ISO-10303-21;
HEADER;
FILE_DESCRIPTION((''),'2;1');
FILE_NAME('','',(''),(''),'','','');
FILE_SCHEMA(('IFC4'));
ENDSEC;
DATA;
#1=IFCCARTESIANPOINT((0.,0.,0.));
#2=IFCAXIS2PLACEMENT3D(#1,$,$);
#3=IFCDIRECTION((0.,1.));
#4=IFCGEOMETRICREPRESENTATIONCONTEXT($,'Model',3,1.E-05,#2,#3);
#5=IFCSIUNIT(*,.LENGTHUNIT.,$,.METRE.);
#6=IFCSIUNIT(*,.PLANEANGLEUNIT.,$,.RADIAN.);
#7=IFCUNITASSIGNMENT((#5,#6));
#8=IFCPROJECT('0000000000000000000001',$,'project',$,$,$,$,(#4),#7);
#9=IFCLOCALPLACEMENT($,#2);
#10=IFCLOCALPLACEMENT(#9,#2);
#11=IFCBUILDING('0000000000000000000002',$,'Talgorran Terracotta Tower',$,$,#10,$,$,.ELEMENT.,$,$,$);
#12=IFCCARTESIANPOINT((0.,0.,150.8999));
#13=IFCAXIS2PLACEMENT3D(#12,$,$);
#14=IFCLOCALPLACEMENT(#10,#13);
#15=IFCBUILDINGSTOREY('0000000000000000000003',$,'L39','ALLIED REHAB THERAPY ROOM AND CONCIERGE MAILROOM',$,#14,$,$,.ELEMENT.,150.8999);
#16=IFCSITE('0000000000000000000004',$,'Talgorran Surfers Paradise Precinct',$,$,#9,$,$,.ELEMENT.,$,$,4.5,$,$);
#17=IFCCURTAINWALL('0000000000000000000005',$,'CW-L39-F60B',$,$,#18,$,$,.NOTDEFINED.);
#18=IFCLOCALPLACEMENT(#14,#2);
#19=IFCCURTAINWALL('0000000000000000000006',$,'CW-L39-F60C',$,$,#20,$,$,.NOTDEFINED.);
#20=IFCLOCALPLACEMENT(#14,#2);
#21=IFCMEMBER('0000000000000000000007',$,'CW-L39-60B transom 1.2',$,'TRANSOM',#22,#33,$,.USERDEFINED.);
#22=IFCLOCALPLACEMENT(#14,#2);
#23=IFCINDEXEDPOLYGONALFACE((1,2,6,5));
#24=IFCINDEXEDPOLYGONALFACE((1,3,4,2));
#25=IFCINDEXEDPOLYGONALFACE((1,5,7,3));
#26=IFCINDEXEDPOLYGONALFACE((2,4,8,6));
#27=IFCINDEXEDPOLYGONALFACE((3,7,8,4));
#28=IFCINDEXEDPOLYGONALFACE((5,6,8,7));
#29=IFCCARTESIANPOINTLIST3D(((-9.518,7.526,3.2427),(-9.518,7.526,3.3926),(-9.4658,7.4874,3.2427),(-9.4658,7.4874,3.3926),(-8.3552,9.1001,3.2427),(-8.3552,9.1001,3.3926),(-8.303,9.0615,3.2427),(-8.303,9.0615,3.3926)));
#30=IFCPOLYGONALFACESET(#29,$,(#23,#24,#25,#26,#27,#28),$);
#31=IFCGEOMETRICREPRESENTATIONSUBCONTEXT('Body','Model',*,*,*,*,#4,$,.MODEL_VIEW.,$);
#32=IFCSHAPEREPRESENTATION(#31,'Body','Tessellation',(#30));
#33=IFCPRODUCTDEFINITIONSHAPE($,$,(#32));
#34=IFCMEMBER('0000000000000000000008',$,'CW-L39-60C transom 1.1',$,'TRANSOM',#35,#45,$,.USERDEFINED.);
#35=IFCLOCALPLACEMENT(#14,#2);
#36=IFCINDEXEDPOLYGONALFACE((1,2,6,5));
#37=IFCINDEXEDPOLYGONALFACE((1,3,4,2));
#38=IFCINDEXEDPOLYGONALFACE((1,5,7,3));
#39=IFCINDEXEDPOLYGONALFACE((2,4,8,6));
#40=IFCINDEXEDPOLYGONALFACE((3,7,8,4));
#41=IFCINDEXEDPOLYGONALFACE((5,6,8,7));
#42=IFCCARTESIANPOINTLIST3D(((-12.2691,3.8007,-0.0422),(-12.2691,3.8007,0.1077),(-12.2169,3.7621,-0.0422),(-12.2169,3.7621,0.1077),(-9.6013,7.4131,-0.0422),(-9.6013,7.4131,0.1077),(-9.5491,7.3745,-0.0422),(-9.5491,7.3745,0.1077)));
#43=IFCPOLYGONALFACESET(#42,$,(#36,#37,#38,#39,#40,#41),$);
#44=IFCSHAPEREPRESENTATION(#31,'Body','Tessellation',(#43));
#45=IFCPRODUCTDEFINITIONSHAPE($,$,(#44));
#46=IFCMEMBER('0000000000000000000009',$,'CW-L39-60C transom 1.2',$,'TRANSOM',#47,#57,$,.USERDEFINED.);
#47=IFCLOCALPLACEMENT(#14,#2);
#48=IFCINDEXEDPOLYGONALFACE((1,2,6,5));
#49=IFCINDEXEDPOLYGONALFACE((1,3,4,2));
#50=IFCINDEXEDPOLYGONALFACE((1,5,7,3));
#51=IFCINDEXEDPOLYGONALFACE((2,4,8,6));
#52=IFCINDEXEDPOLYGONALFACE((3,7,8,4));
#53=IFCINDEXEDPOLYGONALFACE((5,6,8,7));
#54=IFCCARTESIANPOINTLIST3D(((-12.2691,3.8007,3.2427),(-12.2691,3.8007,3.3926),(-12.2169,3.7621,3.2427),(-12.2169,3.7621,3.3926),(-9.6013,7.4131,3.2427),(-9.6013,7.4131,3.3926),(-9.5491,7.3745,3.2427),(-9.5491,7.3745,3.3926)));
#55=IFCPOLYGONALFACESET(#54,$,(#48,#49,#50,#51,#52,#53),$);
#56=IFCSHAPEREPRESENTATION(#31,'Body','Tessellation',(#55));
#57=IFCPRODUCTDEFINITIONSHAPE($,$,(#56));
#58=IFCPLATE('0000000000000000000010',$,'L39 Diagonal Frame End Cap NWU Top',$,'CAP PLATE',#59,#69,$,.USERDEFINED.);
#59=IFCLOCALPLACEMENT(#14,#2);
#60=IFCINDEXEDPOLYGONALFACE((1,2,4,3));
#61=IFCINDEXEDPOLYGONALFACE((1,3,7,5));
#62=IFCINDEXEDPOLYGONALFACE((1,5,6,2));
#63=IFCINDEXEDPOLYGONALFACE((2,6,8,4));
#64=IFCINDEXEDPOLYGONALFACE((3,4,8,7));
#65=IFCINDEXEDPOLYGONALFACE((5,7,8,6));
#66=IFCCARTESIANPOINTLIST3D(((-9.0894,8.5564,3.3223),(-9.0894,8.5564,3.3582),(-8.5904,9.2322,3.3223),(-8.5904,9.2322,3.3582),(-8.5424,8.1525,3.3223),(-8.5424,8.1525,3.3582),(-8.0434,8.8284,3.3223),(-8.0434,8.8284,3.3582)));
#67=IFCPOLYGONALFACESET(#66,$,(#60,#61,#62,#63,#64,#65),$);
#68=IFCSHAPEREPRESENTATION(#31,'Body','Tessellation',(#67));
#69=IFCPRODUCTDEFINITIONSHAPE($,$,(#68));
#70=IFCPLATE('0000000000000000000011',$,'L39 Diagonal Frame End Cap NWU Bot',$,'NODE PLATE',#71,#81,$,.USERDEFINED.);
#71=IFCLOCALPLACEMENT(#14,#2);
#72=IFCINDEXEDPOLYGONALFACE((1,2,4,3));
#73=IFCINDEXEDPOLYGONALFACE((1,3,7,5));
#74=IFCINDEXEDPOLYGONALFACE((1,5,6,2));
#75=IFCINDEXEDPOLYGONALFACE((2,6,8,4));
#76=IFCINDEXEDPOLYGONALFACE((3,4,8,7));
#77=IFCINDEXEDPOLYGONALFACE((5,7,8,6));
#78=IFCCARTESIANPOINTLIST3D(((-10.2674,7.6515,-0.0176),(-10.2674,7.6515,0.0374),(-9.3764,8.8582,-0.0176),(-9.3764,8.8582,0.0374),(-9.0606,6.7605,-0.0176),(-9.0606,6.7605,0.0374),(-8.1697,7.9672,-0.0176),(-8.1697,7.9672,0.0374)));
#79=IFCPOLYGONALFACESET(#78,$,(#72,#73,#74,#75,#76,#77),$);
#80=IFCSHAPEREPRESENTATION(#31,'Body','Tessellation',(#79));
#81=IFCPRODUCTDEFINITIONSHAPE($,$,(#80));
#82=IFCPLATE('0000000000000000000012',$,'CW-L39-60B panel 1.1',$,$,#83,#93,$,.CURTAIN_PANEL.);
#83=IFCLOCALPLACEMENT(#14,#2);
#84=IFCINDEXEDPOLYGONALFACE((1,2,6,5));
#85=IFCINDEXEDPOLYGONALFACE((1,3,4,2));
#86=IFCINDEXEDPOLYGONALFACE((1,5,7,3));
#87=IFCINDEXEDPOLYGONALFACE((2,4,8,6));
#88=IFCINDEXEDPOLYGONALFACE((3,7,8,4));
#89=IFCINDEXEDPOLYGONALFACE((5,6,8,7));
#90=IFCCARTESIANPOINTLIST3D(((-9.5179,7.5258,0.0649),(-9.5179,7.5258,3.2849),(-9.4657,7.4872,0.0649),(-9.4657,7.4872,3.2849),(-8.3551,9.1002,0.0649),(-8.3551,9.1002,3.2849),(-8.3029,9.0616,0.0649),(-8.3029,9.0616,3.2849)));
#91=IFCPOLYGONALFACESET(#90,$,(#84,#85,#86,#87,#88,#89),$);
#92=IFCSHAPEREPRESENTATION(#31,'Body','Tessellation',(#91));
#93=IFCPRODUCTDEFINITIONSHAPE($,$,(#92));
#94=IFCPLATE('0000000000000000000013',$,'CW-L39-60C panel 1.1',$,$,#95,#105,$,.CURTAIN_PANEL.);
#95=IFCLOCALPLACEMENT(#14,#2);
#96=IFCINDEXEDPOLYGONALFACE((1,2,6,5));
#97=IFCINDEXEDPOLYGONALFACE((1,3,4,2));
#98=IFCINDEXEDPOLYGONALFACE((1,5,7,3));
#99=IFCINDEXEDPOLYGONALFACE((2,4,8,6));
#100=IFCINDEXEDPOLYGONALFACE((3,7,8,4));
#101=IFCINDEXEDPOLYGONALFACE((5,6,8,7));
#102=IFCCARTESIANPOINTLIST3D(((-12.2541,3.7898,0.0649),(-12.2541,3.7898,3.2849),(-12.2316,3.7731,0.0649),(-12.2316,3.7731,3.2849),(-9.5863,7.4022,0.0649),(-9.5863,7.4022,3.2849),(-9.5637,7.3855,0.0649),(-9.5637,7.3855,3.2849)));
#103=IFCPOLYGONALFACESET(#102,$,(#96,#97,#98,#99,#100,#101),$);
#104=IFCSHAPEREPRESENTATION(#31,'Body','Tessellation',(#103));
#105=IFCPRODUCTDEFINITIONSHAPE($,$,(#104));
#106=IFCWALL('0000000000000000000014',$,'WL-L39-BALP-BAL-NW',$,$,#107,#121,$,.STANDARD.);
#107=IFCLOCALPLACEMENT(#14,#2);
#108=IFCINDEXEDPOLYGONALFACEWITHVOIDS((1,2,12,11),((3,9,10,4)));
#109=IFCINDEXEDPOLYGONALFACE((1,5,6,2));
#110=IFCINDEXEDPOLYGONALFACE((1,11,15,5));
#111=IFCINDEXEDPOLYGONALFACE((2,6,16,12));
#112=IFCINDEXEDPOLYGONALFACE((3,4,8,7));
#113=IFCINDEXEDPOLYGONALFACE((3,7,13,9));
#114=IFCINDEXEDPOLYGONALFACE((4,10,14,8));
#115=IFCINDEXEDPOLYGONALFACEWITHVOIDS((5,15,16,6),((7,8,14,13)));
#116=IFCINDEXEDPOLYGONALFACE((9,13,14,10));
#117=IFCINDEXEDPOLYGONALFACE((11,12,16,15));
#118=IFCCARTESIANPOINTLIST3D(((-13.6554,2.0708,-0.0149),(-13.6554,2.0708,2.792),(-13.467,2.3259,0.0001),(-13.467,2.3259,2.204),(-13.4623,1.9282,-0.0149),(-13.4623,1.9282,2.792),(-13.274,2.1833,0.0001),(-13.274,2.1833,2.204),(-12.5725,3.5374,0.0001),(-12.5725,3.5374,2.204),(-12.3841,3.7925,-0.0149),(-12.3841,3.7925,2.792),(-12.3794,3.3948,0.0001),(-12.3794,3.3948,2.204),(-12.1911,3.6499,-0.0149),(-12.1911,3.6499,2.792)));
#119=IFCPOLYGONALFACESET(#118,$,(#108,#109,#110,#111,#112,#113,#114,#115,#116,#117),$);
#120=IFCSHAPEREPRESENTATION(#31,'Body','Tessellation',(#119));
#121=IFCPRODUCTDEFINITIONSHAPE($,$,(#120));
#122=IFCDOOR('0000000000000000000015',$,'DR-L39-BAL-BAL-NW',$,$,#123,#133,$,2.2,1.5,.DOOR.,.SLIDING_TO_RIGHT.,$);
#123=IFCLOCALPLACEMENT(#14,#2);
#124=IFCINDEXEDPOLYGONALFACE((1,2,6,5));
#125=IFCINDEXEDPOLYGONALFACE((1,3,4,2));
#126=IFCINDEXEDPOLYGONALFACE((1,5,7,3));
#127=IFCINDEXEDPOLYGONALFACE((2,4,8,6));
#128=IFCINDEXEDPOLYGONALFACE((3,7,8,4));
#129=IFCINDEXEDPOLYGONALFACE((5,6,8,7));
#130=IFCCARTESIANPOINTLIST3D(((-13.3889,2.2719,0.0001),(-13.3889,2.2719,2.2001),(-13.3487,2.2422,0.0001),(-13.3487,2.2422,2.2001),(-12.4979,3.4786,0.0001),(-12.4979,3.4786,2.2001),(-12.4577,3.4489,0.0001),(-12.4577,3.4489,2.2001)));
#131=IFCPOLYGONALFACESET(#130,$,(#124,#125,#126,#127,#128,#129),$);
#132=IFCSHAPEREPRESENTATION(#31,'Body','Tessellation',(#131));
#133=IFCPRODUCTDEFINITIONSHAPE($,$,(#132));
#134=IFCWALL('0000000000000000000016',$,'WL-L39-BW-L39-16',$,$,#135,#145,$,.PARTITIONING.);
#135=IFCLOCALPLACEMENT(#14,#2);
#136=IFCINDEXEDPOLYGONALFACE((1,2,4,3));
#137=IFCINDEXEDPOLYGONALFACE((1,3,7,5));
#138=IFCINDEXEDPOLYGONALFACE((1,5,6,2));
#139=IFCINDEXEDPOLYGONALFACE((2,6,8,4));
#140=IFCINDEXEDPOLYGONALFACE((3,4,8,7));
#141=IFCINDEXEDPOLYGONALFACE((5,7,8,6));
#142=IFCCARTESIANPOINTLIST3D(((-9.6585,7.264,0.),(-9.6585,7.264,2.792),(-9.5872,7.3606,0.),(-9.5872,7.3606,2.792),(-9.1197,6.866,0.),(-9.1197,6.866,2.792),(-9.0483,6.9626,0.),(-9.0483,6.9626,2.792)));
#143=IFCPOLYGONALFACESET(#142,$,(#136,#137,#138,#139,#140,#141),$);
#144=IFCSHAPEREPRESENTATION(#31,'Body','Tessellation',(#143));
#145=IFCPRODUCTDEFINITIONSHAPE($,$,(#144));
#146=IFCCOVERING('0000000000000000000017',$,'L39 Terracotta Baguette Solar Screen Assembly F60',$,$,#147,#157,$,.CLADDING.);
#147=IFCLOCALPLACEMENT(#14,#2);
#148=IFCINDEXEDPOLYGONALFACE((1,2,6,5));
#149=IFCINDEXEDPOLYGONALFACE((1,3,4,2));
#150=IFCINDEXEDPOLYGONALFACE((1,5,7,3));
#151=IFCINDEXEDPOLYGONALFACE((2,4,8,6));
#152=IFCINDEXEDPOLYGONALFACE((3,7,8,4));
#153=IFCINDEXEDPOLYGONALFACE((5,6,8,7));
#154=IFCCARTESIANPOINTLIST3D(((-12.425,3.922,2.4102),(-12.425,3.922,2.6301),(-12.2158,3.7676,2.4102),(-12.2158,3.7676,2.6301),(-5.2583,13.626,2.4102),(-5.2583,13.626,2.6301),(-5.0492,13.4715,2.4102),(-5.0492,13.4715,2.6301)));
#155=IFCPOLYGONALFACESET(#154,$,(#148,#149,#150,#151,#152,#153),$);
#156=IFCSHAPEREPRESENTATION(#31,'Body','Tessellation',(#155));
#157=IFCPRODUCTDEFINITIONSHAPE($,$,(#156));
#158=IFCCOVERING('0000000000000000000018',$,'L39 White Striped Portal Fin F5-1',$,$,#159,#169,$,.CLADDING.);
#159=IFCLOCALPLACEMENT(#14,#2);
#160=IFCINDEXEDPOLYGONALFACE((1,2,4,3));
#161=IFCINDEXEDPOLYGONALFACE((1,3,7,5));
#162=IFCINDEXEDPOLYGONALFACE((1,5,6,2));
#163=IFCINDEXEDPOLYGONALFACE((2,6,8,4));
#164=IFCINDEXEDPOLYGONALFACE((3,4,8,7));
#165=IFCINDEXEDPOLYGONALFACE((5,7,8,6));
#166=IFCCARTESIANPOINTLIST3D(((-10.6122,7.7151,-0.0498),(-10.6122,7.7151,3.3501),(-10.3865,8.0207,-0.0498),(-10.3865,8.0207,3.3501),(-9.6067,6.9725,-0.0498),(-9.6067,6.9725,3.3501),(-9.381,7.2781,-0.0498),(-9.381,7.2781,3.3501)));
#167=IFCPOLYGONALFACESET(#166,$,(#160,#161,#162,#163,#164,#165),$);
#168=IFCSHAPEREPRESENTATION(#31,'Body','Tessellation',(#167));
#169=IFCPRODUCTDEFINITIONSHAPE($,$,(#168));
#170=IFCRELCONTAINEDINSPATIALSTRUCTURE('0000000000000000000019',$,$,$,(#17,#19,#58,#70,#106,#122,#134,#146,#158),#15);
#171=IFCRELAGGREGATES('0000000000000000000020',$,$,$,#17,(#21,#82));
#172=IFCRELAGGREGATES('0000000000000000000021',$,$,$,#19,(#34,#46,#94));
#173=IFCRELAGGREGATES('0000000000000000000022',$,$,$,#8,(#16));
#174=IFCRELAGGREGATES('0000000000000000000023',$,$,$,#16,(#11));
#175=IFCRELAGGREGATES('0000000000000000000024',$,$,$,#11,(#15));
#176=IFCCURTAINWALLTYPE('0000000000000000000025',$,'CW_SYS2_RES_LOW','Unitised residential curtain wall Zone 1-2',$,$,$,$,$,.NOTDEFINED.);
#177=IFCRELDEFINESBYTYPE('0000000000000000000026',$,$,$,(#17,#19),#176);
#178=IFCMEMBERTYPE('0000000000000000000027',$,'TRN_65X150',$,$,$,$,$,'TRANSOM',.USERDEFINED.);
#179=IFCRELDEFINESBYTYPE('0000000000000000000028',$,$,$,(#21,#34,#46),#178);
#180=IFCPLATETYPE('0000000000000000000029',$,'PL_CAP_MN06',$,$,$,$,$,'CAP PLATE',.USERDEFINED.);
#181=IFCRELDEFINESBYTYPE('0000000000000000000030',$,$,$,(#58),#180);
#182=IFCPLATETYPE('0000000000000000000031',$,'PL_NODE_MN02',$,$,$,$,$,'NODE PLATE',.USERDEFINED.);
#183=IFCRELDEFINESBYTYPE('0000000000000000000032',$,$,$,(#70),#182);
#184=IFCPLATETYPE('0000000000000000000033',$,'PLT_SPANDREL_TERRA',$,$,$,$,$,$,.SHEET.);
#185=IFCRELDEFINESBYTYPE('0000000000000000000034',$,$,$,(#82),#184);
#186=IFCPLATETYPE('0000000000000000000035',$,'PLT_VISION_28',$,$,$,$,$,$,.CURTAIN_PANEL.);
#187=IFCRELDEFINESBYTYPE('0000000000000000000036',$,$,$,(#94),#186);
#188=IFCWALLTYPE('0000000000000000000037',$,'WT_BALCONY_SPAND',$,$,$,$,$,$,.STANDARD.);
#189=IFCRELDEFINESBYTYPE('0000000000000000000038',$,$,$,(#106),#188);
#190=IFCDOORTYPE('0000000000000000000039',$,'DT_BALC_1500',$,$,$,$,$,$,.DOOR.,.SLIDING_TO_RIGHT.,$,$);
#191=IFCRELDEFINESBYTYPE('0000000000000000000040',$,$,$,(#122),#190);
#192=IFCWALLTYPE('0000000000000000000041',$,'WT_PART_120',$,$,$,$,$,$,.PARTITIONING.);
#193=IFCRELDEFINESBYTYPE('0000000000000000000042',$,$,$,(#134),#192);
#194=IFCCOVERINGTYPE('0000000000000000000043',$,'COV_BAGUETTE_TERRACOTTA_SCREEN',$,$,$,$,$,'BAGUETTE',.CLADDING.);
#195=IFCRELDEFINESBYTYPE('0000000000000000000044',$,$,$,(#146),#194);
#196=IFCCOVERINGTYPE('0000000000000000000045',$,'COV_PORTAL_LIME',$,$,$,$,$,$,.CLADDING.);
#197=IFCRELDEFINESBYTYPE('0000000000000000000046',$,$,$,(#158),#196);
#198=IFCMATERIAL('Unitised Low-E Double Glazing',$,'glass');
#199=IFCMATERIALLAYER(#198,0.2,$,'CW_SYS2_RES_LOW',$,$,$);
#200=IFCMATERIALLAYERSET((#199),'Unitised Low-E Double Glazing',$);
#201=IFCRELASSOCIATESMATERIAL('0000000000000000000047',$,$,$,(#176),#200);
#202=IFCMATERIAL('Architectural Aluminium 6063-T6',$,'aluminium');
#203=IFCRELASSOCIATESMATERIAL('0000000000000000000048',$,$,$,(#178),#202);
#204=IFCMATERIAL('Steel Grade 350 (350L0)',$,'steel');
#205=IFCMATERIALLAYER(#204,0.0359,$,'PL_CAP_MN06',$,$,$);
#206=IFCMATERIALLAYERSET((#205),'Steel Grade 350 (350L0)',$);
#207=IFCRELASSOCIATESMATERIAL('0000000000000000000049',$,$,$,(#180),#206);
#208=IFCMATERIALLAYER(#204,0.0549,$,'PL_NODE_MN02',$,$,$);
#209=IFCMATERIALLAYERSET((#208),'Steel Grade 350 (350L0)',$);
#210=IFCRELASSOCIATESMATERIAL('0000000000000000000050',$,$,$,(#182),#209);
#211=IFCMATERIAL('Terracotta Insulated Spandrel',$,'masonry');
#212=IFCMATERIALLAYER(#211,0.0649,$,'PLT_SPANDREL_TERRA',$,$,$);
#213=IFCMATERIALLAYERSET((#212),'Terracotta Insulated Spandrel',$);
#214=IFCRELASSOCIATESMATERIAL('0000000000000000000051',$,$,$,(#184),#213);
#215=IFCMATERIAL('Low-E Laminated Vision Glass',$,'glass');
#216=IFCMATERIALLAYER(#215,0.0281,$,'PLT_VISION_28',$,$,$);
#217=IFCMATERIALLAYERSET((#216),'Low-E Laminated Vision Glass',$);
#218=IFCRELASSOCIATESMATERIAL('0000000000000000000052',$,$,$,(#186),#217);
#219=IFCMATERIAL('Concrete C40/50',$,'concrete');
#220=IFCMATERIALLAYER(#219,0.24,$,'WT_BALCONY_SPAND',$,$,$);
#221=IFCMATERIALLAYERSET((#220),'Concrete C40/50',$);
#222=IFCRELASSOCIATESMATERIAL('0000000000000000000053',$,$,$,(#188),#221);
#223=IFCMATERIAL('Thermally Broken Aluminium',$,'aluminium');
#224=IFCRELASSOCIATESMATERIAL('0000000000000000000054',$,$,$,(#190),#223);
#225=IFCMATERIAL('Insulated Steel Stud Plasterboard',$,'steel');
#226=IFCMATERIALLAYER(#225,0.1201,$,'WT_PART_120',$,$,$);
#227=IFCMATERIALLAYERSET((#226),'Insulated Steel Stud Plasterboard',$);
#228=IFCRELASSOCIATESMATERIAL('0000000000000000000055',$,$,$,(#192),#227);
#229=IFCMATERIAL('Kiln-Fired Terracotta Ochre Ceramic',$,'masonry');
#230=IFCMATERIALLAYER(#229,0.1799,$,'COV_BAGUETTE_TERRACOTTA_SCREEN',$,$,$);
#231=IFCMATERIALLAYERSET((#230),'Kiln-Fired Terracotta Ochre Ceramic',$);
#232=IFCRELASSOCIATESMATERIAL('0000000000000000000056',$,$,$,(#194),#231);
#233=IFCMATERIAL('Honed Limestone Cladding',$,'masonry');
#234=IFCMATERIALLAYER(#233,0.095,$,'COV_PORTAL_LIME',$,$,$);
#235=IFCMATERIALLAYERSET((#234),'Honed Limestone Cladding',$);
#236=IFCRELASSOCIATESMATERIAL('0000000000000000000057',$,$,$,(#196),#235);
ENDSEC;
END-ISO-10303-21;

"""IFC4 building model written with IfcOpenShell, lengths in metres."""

from ifc_helpers import new_model, si_unit, direction, frame, frame_2d, origin, origin_2d, place, context, subcontext, project, spatial, rectangle, extrude, source, transform, mapped, material, layer, layer_set, material_profile, profile_set, type_object, type_shapes, element, fill, aggregate, save


model = new_model("IFC4")

# Units and contexts
model_context = context("Model", 3, precision=1e-05, world=origin(), true_north=direction((0.0, 1.0)))
body_context = subcontext(model_context, "Body", "Model", "MODEL_VIEW")
ifc_project = project(units=[si_unit("LENGTHUNIT", "METRE"), si_unit("PLANEANGLEUNIT", "RADIAN")], contexts=[model_context])

# Site, building, storey
site_placement = place(None, origin())
site = spatial("IfcSite", under=ifc_project, at=site_placement, Name="Talgorran Surfers Paradise Precinct", CompositionType="ELEMENT", RefElevation=4.5)
building_placement = place(site_placement, origin())
building = spatial("IfcBuilding", under=site, at=building_placement, Name="Talgorran Terracotta Tower", CompositionType="ELEMENT")
storey_placement = place(building_placement, frame((0.0, 0.0, 150.8999)))
storey = spatial("IfcBuildingStorey", under=building, at=storey_placement, Name="L39", Description="ALLIED REHAB THERAPY ROOM AND CONCIERGE MAILROOM", CompositionType="ELEMENT", Elevation=150.8999)

# Shared definitions
ifc_material_1 = material(Name="Steel Grade 350 (350L0)", Category="steel")

# Curtain walls
ifc_material_2 = material(Name="Unitised Low-E Double Glazing", Category="glass")
ifc_layer_1 = layer(ifc_material_2, 0.2, Name="CW_SYS2_RES_LOW")
ifc_layer_set_1 = layer_set([ifc_layer_1], Name="Unitised Low-E Double Glazing")
curtain_wall_type = type_object("IfcCurtainWallType", Name="CW_SYS2_RES_LOW", Description="Unitised residential curtain wall Zone 1-2", PredefinedType="NOTDEFINED", material=ifc_layer_set_1)
curtain_wall_1_placement = place(storey_placement, origin())
curtain_wall_1 = element("IfcCurtainWall", 1, at=curtain_wall_1_placement, inside=storey, type_object=curtain_wall_type, Name="CW-L39-F60B", PredefinedType="NOTDEFINED")
ifc_material_3 = material(Name="Architectural Aluminium 6063-T6", Category="aluminium")
curtain_wall_2_placement = place(storey_placement, origin())
curtain_wall_2 = element("IfcCurtainWall", 2, at=curtain_wall_2_placement, inside=storey, type_object=curtain_wall_type, Name="CW-L39-F60C", PredefinedType="NOTDEFINED")

# Members
ifc_material_profile_1 = material_profile(ifc_material_3, rectangle(XDim=0.0649, YDim=0.1499, at=origin_2d()), Name="CWT65X150")
ifc_profile_set_1 = profile_set([ifc_material_profile_1], Name="Architectural Aluminium 6063-T6")
member_type_1 = type_object("IfcMemberType", Name="TRN_65X150", ElementType="TRANSOM", PredefinedType="USERDEFINED", material=ifc_profile_set_1)
member_1_placement = place(storey_placement, frame((-8.3291, 9.0808, 3.3176), z_axis=(-0.594156, -0.80435, 0.0), x_axis=(0.80435, -0.594156, 0.0)))
member_1 = element("IfcMember", 3, at=member_1_placement, type_object=member_type_1, Name="CW-L39-60B transom 1.2", ObjectType="TRANSOM", PredefinedType="USERDEFINED", context=body_context, shape_type="SweptSolid", body=[
    extrude(rectangle(XDim=0.0649, YDim=0.1499, at=origin_2d()), origin(), (0.0, 0.0, 1.0), 1.957),
])
member_2_placement = place(storey_placement, frame((-9.5752, 7.3938, 0.0327), z_axis=(-0.594068, -0.804414, 0.0), x_axis=(0.804414, -0.594068, 0.0)))
member_2 = element("IfcMember", 4, at=member_2_placement, type_object=member_type_1, Name="CW-L39-60C transom 1.1", ObjectType="TRANSOM", PredefinedType="USERDEFINED", context=body_context, shape_type="SweptSolid", body=[
    extrude(rectangle(XDim=0.0649, YDim=0.1499, at=origin_2d()), origin(), (0.0, 0.0, 1.0), 4.4907),
])
member_3_placement = place(storey_placement, frame((-9.5752, 7.3938, 3.3176), z_axis=(-0.594068, -0.804414, 0.0), x_axis=(0.804414, -0.594068, 0.0)))
member_3 = element("IfcMember", 5, at=member_3_placement, type_object=member_type_1, Name="CW-L39-60C transom 1.2", ObjectType="TRANSOM", PredefinedType="USERDEFINED", context=body_context, shape_type="SweptSolid", body=[
    extrude(rectangle(XDim=0.0649, YDim=0.1499, at=origin_2d()), origin(), (0.0, 0.0, 1.0), 4.4907),
])

# Plates
ifc_layer_2 = layer(ifc_material_1, 0.0359, Name="PL_CAP_MN06")
ifc_layer_set_2 = layer_set([ifc_layer_2], Name="Steel Grade 350 (350L0)")
plate_type_1 = type_object("IfcPlateType", Name="PL_CAP_MN06", ElementType="CAP PLATE", PredefinedType="USERDEFINED", material=ifc_layer_set_2)
plate_1_placement = place(storey_placement, frame((-8.5664, 8.6924, 3.3223), z_axis=(0.0, 0.0, 1.0), x_axis=(0.593981, 0.804479, 0.0)))
element("IfcPlate", 6, at=plate_1_placement, inside=storey, type_object=plate_type_1, Name="L39 Diagonal Frame End Cap NWU Top", ObjectType="CAP PLATE", PredefinedType="USERDEFINED", context=body_context, shape_type="SweptSolid", body=[
    extrude(rectangle(XDim=0.8401, YDim=0.6799, at=origin_2d()), origin(), (0.0, 0.0, 1.0), 0.0359),
])
ifc_layer_3 = layer(ifc_material_1, 0.0549, Name="PL_NODE_MN02")
ifc_layer_set_3 = layer_set([ifc_layer_3], Name="Steel Grade 350 (350L0)")
plate_type_2 = type_object("IfcPlateType", Name="PL_NODE_MN02", ElementType="NODE PLATE", PredefinedType="USERDEFINED", material=ifc_layer_set_3)
plate_2_placement = place(storey_placement, frame((-9.2185, 7.8093, -0.0176), z_axis=(0.0, 0.0, 1.0), x_axis=(0.593981, 0.804479, 0.0)))
element("IfcPlate", 7, at=plate_2_placement, inside=storey, type_object=plate_type_2, Name="L39 Diagonal Frame End Cap NWU Bot", ObjectType="NODE PLATE", PredefinedType="USERDEFINED", context=body_context, shape_type="SweptSolid", body=[
    extrude(rectangle(XDim=1.5, YDim=1.5, at=origin_2d()), origin(), (0.0, 0.0, 1.0), 0.0549),
])

# Plates
ifc_material_4 = material(Name="Terracotta Insulated Spandrel", Category="masonry")
ifc_layer_4 = layer(ifc_material_4, 0.0649, Name="PLT_SPANDREL_TERRA")
ifc_layer_set_4 = layer_set([ifc_layer_4], Name="Terracotta Insulated Spandrel")
plate_type_3 = type_object("IfcPlateType", Name="PLT_SPANDREL_TERRA", PredefinedType="SHEET", material=ifc_layer_set_4)
shared_shape_1 = source(origin(), body_context, "Body", "SweptSolid", [
    extrude(rectangle(XDim=1.9573, YDim=0.0649, at=origin_2d()), origin(), (0.0, 0.0, 1.0), 3.22),
])
type_shapes(plate_type_3, [shared_shape_1])
plate_3_placement = place(storey_placement, frame((-8.9104, 8.2937, 0.0649), z_axis=(0.0, 0.0, 1.0), x_axis=(-0.594081, -0.804405, 0.0)))
plate_3 = element("IfcPlate", 8, at=plate_3_placement, type_object=plate_type_3, Name="CW-L39-60B panel 1.1", PredefinedType="CURTAIN_PANEL", context=body_context, shape_type="MappedRepresentation", body=[
    mapped(shared_shape_1, transform((0.0, 0.0, 0.0), scale=1.0)),
])
aggregate(curtain_wall_1, [member_1, plate_3])
ifc_material_5 = material(Name="Low-E Laminated Vision Glass", Category="glass")
ifc_layer_5 = layer(ifc_material_5, 0.0281, Name="PLT_VISION_28")
ifc_layer_set_5 = layer_set([ifc_layer_5], Name="Low-E Laminated Vision Glass")
plate_type_4 = type_object("IfcPlateType", Name="PLT_VISION_28", PredefinedType="CURTAIN_PANEL", material=ifc_layer_set_5)
shared_shape_2 = source(origin(), body_context, "Body", "SweptSolid", [
    extrude(rectangle(XDim=4.4907, YDim=0.0281, at=origin_2d()), origin(), (0.0, 0.0, 1.0), 3.22),
])
type_shapes(plate_type_4, [shared_shape_2])
plate_4_placement = place(storey_placement, frame((-10.9089, 5.5876, 0.0649), z_axis=(0.0, 0.0, 1.0), x_axis=(-0.594076, -0.804409, 0.0)))
plate_4 = element("IfcPlate", 9, at=plate_4_placement, type_object=plate_type_4, Name="CW-L39-60C panel 1.1", PredefinedType="CURTAIN_PANEL", context=body_context, shape_type="MappedRepresentation", body=[
    mapped(shared_shape_2, transform((0.0, 0.0, 0.0), scale=1.0)),
])
aggregate(curtain_wall_2, [member_2, member_3, plate_4])

# Wall, opening, door
ifc_material_6 = material(Name="Concrete C40/50", Category="concrete")
ifc_layer_6 = layer(ifc_material_6, 0.24, Name="WT_BALCONY_SPAND")
ifc_layer_set_6 = layer_set([ifc_layer_6], Name="Concrete C40/50")
wall_type_1 = type_object("IfcWallType", Name="WT_BALCONY_SPAND", PredefinedType="STANDARD", material=ifc_layer_set_6)
wall_1_placement = place(storey_placement, frame((-12.2876, 3.7212, -0.0149), z_axis=(0.0, 0.0, 1.0), x_axis=(-0.593996, -0.804468, 0.0)))
wall_1 = element("IfcWall", 10, at=wall_1_placement, inside=storey, type_object=wall_type_1, Name="WL-L39-BALP-BAL-NW", PredefinedType="STANDARD", context=body_context, shape_type="SweptSolid", body=[
    extrude(rectangle(XDim=2.1401, YDim=0.24, at=frame_2d((1.0701, 0.0))), origin(), (0.0, 0.0, 1.0), 2.8069),
])
opening_placement = place(wall_1_placement, frame((0.3201, 0.0, 0.0149)))
opening = element("IfcOpeningElement", 11, at=opening_placement, cuts=wall_1, PredefinedType="OPENING", context=body_context, shape_type="SweptSolid", body=[
    extrude(rectangle(XDim=1.506, YDim=2.204, at=frame_2d((0.75, 1.1021))), frame((0.0, 0.1299, 0.0), z_axis=(0.0, -1.0, 0.0), x_axis=(1.0, 0.0, 0.0)), (0.0, 0.0, 1.0), 0.26),
])
ifc_material_7 = material(Name="Thermally Broken Aluminium", Category="aluminium")
door_type = type_object("IfcDoorType", Name="DT_BALC_1500", OperationType="SLIDING_TO_RIGHT", PredefinedType="DOOR", material=ifc_material_7)
door_placement = place(opening_placement, origin())
door = element("IfcDoor", 12, at=door_placement, inside=storey, type_object=door_type, Name="DR-L39-BAL-BAL-NW", OperationType="SLIDING_TO_RIGHT", OverallHeight=2.2, OverallWidth=1.5, PredefinedType="DOOR", context=body_context, shape_type="SweptSolid", body=[
    extrude(rectangle(XDim=1.5, YDim=2.2, at=frame_2d((0.75, 1.1001))), frame((0.0, 0.0249, 0.0), z_axis=(0.0, -1.0, 0.0), x_axis=(1.0, 0.0, 0.0)), (0.0, 0.0, 1.0), 0.05),
])
fill(opening, door)

# Wall
ifc_material_8 = material(Name="Insulated Steel Stud Plasterboard", Category="steel")
ifc_layer_7 = layer(ifc_material_8, 0.1201, Name="WT_PART_120")
ifc_layer_set_7 = layer_set([ifc_layer_7], Name="Insulated Steel Stud Plasterboard")
wall_type_2 = type_object("IfcWallType", Name="WT_PART_120", PredefinedType="PARTITIONING", material=ifc_layer_set_7)
wall_2_placement = place(storey_placement, frame((-9.084, 6.9143, 0.0), z_axis=(0.0, 0.0, 1.0), x_axis=(-0.804396, 0.594094, 0.0)))
element("IfcWall", 13, at=wall_2_placement, inside=storey, type_object=wall_type_2, Name="WL-L39-BW-L39-16", PredefinedType="PARTITIONING", context=body_context, shape_type="SweptSolid", body=[
    extrude(rectangle(XDim=0.6699, YDim=0.1201, at=frame_2d((0.335, 0.0))), origin(), (0.0, 0.0, 1.0), 2.792),
])

# Coverings
ifc_material_9 = material(Name="Kiln-Fired Terracotta Ochre Ceramic", Category="masonry")
ifc_layer_8 = layer(ifc_material_9, 0.1799, Name="COV_BAGUETTE_TERRACOTTA_SCREEN")
ifc_layer_set_8 = layer_set([ifc_layer_8], Name="Kiln-Fired Terracotta Ochre Ceramic")
covering_type_1 = type_object("IfcCoveringType", Name="COV_BAGUETTE_TERRACOTTA_SCREEN", ElementType="BAGUETTE", PredefinedType="CLADDING", material=ifc_layer_set_8)
covering_1_placement = place(storey_placement, frame((-8.7371, 8.6968, 2.4102), z_axis=(0.0, 0.0, 1.0), x_axis=(-0.594079, -0.804407, 0.0)))
element("IfcCovering", 14, at=covering_1_placement, inside=storey, type_object=covering_type_1, Name="L39 Terracotta Baguette Solar Screen Assembly F60", PredefinedType="CLADDING", context=body_context, shape_type="SweptSolid", body=[
    extrude(rectangle(XDim=12.0635, YDim=0.26, at=origin_2d()), origin(), (0.0, 0.0, 1.0), 0.22),
])
ifc_material_10 = material(Name="Honed Limestone Cladding", Category="masonry")
ifc_layer_9 = layer(ifc_material_10, 0.095, Name="COV_PORTAL_LIME")
ifc_layer_set_9 = layer_set([ifc_layer_9], Name="Honed Limestone Cladding")
covering_type_2 = type_object("IfcCoveringType", Name="COV_PORTAL_LIME", PredefinedType="CLADDING", material=ifc_layer_set_9)
covering_2_placement = place(storey_placement, frame((-9.9966, 7.4966, -0.0498), z_axis=(0.0, 0.0, 1.0), x_axis=(-0.594079, -0.804407, 0.0)))
element("IfcCovering", 15, at=covering_2_placement, inside=storey, type_object=covering_type_2, Name="L39 White Striped Portal Fin F5-1", PredefinedType="CLADDING", context=body_context, shape_type="SweptSolid", body=[
    extrude(rectangle(XDim=0.3799, YDim=1.25, at=origin_2d()), origin(), (0.0, 0.0, 1.0), 3.3999),
])

save(model, "model.ifc")
